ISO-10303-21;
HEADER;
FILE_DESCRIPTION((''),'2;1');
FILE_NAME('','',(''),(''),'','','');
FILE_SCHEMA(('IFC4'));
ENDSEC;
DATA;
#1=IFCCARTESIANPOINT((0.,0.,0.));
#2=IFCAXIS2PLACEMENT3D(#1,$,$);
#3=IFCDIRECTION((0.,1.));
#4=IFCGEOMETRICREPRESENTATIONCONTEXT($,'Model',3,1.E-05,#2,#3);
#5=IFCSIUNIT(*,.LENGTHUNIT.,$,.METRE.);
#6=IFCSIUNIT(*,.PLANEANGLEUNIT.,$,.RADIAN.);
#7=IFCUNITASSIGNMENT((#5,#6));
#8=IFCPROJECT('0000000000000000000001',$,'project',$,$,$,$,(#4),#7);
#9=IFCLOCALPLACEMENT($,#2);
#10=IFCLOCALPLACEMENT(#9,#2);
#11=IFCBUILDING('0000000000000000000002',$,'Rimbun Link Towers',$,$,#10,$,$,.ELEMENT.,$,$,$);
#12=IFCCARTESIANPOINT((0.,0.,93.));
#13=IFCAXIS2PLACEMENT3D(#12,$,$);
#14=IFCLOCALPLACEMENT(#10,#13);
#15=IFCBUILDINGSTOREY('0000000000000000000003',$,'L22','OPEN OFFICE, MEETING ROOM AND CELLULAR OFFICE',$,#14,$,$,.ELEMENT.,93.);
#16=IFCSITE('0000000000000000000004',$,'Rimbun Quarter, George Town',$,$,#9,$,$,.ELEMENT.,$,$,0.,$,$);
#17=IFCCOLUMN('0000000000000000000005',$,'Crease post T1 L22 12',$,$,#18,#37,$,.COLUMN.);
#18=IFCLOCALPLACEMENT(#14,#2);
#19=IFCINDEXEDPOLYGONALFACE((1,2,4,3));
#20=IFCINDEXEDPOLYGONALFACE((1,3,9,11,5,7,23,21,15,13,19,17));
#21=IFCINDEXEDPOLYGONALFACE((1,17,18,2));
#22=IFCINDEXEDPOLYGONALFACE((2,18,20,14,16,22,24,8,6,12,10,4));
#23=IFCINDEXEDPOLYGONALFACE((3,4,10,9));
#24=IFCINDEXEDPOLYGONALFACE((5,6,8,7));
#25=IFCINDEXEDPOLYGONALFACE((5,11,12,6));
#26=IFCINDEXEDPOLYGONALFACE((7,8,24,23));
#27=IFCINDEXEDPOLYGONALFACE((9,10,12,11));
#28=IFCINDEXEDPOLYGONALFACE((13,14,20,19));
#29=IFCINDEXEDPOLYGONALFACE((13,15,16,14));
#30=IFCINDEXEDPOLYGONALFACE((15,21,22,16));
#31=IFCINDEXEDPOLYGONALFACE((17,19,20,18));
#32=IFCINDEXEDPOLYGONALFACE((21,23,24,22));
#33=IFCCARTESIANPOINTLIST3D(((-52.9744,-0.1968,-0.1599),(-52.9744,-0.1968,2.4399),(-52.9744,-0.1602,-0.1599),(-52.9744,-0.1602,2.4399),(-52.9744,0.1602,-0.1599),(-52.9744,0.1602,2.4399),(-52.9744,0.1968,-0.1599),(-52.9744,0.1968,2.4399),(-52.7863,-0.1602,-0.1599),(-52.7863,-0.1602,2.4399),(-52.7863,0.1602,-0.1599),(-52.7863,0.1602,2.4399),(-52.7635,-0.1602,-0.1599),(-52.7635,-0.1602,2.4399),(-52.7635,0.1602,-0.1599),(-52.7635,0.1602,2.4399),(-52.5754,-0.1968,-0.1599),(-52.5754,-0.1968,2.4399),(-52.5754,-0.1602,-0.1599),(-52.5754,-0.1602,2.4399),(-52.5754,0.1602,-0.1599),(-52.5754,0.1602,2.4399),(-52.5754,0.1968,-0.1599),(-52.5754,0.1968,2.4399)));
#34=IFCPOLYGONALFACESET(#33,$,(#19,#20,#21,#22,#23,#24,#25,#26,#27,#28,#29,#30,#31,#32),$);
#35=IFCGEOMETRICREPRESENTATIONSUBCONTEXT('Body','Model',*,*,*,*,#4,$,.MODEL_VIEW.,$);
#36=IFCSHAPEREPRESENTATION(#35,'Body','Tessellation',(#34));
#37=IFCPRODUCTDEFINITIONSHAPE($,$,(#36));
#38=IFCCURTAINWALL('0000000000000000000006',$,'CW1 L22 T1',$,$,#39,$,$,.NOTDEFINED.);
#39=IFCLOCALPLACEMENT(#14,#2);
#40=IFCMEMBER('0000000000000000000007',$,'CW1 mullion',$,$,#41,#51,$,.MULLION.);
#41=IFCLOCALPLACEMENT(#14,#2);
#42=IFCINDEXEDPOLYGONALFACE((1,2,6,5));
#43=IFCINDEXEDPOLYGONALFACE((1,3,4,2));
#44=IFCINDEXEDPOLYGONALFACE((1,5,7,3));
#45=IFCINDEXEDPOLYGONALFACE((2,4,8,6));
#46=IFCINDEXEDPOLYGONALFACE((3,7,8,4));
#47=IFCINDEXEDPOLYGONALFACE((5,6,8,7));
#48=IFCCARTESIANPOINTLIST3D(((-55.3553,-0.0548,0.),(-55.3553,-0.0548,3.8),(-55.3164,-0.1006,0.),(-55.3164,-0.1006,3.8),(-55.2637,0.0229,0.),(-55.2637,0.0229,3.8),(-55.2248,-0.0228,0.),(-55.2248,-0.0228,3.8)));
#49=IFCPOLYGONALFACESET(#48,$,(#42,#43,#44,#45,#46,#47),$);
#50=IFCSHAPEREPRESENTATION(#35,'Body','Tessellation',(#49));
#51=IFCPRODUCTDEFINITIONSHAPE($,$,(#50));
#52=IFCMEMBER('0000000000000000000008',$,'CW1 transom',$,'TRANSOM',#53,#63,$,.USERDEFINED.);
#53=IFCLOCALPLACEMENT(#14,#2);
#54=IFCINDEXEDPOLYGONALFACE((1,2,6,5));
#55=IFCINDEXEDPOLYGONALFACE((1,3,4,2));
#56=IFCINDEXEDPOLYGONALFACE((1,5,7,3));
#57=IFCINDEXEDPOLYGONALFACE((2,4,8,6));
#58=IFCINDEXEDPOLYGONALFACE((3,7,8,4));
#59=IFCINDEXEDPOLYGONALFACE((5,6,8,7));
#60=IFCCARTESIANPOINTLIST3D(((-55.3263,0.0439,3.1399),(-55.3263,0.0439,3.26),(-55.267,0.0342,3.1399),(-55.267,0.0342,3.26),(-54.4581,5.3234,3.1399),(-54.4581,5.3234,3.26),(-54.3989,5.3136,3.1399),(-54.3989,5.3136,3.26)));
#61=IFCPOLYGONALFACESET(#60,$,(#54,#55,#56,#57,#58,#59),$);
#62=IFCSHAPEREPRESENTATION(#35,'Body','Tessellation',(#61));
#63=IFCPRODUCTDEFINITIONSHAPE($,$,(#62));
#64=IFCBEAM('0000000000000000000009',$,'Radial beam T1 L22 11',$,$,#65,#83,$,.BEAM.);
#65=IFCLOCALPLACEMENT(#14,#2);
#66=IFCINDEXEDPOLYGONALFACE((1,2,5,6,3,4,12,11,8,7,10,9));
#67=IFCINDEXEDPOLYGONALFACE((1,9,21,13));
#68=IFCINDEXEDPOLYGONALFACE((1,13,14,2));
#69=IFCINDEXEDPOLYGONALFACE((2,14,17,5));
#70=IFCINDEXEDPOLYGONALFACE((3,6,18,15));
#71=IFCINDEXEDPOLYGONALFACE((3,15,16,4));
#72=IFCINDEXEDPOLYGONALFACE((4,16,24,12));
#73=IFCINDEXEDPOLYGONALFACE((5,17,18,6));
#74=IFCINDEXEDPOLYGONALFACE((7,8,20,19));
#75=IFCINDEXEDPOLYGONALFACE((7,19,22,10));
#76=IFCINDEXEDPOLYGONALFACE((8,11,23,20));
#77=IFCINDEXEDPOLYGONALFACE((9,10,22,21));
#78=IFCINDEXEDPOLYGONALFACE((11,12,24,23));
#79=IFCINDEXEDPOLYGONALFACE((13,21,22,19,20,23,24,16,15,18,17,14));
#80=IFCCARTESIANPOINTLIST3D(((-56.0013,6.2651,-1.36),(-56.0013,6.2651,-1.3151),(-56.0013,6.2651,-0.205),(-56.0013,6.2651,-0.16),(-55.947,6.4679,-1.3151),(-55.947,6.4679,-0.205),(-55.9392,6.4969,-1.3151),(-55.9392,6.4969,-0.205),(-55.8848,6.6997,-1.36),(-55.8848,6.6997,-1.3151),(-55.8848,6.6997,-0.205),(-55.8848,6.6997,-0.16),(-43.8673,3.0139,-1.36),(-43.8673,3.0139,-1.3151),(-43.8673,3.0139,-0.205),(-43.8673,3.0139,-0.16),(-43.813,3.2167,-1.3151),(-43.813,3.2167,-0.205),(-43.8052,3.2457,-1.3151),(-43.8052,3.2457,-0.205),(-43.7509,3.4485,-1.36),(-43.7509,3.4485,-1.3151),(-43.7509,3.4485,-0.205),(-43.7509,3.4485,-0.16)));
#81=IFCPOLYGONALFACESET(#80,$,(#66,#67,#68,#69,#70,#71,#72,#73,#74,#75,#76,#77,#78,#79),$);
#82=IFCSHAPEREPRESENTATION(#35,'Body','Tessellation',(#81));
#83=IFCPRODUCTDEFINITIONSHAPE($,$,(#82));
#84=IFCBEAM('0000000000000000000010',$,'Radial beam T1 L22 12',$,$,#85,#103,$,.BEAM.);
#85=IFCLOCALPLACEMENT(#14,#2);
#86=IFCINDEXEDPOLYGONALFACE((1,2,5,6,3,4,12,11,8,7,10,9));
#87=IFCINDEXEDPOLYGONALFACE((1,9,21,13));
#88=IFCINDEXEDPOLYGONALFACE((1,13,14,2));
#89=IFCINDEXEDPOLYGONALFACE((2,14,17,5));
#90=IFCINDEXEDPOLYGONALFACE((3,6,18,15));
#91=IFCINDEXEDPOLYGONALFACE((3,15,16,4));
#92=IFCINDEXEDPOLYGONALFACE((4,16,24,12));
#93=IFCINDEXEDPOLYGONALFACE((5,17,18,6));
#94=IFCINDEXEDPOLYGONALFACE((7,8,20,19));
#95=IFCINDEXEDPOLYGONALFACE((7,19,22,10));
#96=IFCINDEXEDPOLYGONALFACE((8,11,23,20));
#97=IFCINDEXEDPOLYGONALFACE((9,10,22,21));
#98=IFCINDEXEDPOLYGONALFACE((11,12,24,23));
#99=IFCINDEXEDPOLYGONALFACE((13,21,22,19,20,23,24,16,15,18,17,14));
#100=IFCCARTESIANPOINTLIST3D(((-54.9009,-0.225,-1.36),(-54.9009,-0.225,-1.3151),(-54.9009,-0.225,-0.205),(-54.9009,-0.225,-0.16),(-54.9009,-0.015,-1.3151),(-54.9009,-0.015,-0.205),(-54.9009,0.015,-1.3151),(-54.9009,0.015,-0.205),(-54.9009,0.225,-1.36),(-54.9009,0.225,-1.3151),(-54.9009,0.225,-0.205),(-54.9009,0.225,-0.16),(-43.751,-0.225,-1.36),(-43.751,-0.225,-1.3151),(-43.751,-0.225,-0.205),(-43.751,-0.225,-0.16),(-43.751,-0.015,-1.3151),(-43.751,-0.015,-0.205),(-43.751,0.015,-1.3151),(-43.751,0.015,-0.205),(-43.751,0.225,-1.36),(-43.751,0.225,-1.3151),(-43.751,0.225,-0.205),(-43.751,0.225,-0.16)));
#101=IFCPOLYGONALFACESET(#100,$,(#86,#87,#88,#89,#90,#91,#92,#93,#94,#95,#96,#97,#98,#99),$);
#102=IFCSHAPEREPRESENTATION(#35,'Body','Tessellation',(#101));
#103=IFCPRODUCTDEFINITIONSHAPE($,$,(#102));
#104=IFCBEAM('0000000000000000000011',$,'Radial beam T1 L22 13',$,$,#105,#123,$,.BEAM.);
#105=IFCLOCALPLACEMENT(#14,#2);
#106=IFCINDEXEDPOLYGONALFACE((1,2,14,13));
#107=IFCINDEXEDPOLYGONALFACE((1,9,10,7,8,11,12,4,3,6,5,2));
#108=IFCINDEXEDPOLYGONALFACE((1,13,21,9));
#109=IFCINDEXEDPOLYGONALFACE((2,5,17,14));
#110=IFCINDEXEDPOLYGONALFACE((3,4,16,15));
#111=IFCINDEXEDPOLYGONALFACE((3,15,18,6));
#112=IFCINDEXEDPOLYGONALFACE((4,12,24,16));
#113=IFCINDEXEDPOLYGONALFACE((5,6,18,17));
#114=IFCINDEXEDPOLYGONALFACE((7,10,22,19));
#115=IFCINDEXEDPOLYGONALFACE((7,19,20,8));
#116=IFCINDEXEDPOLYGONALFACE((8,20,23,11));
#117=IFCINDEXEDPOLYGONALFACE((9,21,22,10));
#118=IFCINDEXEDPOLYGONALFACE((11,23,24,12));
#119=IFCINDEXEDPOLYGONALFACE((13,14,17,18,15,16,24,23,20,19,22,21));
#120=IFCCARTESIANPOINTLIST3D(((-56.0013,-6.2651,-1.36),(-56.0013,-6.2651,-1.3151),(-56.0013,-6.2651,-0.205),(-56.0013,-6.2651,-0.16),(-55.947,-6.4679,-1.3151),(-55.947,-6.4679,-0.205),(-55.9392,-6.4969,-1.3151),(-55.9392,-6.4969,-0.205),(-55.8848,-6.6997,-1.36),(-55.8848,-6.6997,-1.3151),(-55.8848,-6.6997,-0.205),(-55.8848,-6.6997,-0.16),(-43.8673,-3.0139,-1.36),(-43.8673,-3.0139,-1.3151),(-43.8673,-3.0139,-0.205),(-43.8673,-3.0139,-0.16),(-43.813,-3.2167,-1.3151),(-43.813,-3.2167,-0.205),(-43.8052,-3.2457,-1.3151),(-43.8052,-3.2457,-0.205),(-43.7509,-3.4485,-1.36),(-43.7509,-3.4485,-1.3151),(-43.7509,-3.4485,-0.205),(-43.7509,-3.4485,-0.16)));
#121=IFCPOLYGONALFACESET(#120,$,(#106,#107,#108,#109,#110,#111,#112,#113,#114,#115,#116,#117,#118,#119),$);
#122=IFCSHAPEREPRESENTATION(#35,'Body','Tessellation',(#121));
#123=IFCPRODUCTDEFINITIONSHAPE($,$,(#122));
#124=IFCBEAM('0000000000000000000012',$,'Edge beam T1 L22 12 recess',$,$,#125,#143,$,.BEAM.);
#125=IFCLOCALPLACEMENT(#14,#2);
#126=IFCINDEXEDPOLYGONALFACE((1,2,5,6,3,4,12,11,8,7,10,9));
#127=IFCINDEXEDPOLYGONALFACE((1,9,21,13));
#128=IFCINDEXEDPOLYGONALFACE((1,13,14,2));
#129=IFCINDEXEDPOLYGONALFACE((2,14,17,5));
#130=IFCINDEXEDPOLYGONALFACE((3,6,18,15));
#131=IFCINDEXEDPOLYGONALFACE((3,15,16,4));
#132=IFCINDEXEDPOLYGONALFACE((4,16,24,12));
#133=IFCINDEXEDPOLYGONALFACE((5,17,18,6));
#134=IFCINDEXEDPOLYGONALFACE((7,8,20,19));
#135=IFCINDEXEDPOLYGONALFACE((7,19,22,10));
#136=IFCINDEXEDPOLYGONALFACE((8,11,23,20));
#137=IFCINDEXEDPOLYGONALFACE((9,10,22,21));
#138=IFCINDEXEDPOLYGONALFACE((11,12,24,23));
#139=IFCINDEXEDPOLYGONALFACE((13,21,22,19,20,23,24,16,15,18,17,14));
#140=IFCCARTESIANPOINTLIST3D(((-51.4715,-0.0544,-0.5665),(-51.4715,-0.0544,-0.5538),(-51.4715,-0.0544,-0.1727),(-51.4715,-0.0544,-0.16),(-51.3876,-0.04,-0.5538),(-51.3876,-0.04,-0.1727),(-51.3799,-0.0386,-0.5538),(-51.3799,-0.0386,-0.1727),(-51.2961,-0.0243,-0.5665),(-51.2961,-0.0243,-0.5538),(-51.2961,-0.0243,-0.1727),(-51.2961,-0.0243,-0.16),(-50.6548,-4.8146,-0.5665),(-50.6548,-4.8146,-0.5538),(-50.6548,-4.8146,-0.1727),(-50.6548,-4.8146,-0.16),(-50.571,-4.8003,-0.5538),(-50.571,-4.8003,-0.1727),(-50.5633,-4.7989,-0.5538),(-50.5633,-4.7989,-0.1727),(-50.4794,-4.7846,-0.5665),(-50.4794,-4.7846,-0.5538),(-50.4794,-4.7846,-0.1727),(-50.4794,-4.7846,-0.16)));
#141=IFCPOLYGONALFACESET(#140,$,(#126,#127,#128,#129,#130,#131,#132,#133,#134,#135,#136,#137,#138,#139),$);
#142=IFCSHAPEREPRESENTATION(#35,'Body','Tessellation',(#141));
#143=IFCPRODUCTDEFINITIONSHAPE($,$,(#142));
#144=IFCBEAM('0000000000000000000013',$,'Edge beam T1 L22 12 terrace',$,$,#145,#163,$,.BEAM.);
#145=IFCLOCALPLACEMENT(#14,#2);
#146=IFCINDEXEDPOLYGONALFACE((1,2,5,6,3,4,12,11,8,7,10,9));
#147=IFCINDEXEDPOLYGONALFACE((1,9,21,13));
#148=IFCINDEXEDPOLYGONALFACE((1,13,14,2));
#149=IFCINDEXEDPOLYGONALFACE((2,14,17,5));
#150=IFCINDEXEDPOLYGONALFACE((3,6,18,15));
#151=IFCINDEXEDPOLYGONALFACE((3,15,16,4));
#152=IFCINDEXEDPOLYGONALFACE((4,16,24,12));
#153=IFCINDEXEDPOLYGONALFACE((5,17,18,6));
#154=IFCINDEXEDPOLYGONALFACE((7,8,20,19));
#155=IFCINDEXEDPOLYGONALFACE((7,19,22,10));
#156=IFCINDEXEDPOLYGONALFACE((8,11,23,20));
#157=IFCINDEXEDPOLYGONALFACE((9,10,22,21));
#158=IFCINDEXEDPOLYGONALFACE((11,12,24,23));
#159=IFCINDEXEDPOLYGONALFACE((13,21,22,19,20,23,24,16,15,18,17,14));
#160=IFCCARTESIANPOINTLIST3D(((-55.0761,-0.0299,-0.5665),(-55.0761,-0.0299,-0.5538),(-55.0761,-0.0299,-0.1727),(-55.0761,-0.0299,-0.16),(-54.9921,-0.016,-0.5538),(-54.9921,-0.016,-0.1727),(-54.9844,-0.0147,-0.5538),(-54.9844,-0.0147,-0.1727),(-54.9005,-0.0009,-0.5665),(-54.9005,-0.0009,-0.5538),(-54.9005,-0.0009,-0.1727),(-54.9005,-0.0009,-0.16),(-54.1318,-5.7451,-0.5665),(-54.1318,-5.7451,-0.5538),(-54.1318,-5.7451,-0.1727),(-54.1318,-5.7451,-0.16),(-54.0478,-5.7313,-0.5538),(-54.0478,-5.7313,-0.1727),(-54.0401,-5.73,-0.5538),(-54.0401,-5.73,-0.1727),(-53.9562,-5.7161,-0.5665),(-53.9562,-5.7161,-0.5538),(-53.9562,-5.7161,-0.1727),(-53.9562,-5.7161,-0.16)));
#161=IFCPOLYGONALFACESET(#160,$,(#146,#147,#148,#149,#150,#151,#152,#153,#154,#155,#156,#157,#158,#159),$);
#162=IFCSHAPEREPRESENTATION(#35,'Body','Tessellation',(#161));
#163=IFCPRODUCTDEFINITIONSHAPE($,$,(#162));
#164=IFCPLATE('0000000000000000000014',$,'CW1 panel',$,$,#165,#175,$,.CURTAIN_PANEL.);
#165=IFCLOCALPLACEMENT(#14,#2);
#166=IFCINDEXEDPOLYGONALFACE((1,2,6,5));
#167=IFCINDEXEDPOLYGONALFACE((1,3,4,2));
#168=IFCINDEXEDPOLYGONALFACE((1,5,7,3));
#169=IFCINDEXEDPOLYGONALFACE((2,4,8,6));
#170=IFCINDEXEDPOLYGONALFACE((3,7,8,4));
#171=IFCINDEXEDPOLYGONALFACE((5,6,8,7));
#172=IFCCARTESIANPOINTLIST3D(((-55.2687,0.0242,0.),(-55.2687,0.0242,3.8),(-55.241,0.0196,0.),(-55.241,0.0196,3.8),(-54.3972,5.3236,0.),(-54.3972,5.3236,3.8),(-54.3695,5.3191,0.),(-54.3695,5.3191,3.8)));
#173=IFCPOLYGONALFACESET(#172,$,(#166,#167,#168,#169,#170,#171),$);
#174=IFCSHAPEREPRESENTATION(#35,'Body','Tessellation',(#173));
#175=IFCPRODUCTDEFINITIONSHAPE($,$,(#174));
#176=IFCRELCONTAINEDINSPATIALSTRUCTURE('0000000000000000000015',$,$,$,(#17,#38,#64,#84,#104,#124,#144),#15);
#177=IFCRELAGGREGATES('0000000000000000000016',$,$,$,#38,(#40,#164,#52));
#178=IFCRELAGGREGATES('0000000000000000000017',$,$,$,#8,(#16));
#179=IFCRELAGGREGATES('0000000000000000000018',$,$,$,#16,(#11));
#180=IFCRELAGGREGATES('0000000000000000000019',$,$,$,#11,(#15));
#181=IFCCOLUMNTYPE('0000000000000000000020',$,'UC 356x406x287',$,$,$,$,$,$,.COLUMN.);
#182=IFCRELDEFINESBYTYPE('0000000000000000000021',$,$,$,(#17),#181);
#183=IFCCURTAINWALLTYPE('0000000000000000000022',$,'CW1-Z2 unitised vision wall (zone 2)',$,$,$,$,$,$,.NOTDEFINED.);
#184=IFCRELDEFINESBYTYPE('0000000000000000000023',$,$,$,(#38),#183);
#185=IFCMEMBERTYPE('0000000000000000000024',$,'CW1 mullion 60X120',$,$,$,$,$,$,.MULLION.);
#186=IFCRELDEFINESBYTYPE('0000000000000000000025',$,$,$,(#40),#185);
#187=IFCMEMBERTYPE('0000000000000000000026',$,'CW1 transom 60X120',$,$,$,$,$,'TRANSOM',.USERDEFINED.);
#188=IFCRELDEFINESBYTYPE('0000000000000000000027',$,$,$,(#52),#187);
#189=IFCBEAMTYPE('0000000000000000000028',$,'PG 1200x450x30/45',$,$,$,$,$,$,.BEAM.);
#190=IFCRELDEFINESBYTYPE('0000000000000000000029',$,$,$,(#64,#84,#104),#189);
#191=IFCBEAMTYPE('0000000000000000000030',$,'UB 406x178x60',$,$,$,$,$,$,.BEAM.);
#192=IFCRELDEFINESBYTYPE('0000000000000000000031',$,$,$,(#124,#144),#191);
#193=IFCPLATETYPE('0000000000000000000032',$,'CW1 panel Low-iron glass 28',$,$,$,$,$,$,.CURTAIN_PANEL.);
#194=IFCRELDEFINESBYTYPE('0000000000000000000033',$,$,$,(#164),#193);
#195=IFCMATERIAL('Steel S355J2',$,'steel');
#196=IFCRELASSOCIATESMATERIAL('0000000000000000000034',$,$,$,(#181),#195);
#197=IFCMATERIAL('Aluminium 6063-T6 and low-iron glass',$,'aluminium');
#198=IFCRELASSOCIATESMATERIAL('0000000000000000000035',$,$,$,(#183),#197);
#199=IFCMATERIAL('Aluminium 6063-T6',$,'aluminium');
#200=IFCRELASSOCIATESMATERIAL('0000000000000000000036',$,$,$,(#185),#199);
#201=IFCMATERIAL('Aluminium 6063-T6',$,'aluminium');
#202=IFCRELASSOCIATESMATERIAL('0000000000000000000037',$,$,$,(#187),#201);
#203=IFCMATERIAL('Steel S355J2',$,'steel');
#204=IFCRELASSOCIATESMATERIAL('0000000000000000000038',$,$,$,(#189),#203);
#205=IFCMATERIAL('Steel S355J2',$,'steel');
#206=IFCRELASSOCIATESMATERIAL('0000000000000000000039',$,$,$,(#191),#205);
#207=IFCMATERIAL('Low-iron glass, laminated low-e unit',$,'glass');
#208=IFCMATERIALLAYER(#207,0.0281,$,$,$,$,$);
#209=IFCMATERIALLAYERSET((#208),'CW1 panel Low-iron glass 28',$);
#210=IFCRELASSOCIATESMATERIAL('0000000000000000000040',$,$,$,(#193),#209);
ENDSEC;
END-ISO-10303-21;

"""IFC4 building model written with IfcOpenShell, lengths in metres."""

from ifc_helpers import new_model, si_unit, direction, frame, origin, origin_2d, place, context, subcontext, project, spatial, rectangle, i_section, extrude, material, layer, layer_set, material_profile, profile_set, type_object, element, aggregate, save


model = new_model("IFC4")

# Units and contexts
model_context = context("Model", 3, precision=1e-05, world=origin(), true_north=direction((0.0, 1.0)))
body_context = subcontext(model_context, "Body", "Model", "MODEL_VIEW")
ifc_project = project(units=[si_unit("LENGTHUNIT", "METRE"), si_unit("PLANEANGLEUNIT", "RADIAN")], contexts=[model_context])

# Site, building, storey
site_placement = place(None, origin())
site = spatial("IfcSite", under=ifc_project, at=site_placement, Name="Rimbun Quarter, George Town", CompositionType="ELEMENT", RefElevation=0.0)
building_placement = place(site_placement, origin())
building = spatial("IfcBuilding", under=site, at=building_placement, Name="Rimbun Link Towers", CompositionType="ELEMENT")
storey_placement = place(building_placement, frame((0.0, 0.0, 93.0)))
storey = spatial("IfcBuildingStorey", under=building, at=storey_placement, Name="L22", Description="OPEN OFFICE, MEETING ROOM AND CELLULAR OFFICE", CompositionType="ELEMENT", Elevation=93.0)

# Column
ifc_material_1 = material(Name="Steel S355J2", Category="steel")
ifc_material_profile_1 = material_profile(ifc_material_1, i_section(OverallWidth=0.3989, OverallDepth=0.3936, WebThickness=0.0227, FlangeThickness=0.0366, at=origin_2d()), Name="UC 356x406x287")
ifc_profile_set_1 = profile_set([ifc_material_profile_1], Name="Steel S355J2")
column_type = type_object("IfcColumnType", Name="UC 356x406x287", PredefinedType="COLUMN", material=ifc_profile_set_1)
column_placement = place(storey_placement, frame((-52.7749, 0.0, -0.1599), z_axis=(0.0, 0.0, 1.0), x_axis=(1.0, 0.0, 0.0)))
element("IfcColumn", 1, at=column_placement, inside=storey, type_object=column_type, Name="Crease post T1 L22 12", PredefinedType="COLUMN", context=body_context, shape_type="SweptSolid", body=[
    extrude(i_section(OverallWidth=0.3989, OverallDepth=0.3936, WebThickness=0.0227, FlangeThickness=0.0366, at=origin_2d()), origin(), (0.0, 0.0, 1.0), 2.5999),
])

# Curtain wall, members
ifc_material_2 = material(Name="Aluminium 6063-T6 and low-iron glass", Category="aluminium")
curtain_wall_type = type_object("IfcCurtainWallType", Name="CW1-Z2 unitised vision wall (zone 2)", PredefinedType="NOTDEFINED", material=ifc_material_2)
curtain_wall_placement = place(storey_placement, origin())
curtain_wall = element("IfcCurtainWall", 2, at=curtain_wall_placement, inside=storey, type_object=curtain_wall_type, Name="CW1 L22 T1", PredefinedType="NOTDEFINED")
ifc_material_3 = material(Name="Aluminium 6063-T6", Category="aluminium")
ifc_material_profile_2 = material_profile(ifc_material_3, rectangle(XDim=0.1201, YDim=0.0601, at=origin_2d()), Name="MULLION 60X120")
ifc_profile_set_2 = profile_set([ifc_material_profile_2], Name="Aluminium 6063-T6")
member_type_1 = type_object("IfcMemberType", Name="CW1 mullion 60X120", PredefinedType="MULLION", material=ifc_profile_set_2)
member_1_placement = place(storey_placement, frame((-55.29, -0.0388, 0.0), z_axis=(0.0, 0.0, 1.0), x_axis=(-0.762319, -0.647202, 0.0)))
member_1 = element("IfcMember", 3, at=member_1_placement, type_object=member_type_1, Name="CW1 mullion", PredefinedType="MULLION", context=body_context, shape_type="SweptSolid", body=[
    extrude(rectangle(XDim=0.1201, YDim=0.0601, at=origin_2d()), origin(), (0.0, 0.0, 1.0), 3.8),
])
ifc_material_4 = material(Name="Aluminium 6063-T6", Category="aluminium")
ifc_material_profile_3 = material_profile(ifc_material_4, rectangle(XDim=0.0601, YDim=0.1201, at=origin_2d()), Name="TRANSOM 60X120")
ifc_profile_set_3 = profile_set([ifc_material_profile_3], Name="Aluminium 6063-T6")
member_type_2 = type_object("IfcMemberType", Name="CW1 transom 60X120", ElementType="TRANSOM", PredefinedType="USERDEFINED", material=ifc_profile_set_3)
member_2_placement = place(storey_placement, frame((-55.2966, 0.0391, 3.2), z_axis=(0.16226, 0.986748, 0.0), x_axis=(-0.986748, 0.16226, 0.0)))
member_2 = element("IfcMember", 4, at=member_2_placement, type_object=member_type_2, Name="CW1 transom", ObjectType="TRANSOM", PredefinedType="USERDEFINED", context=body_context, shape_type="SweptSolid", body=[
    extrude(rectangle(XDim=0.0601, YDim=0.1201, at=origin_2d()), origin(), (0.0, 0.0, 1.0), 5.3503),
])

# Beams
ifc_material_5 = material(Name="Steel S355J2", Category="steel")
ifc_material_profile_4 = material_profile(ifc_material_5, i_section(OverallWidth=0.45, OverallDepth=1.2, WebThickness=0.03, FlangeThickness=0.0449, at=origin_2d()), Name="PG 1200x450x30/45")
ifc_profile_set_4 = profile_set([ifc_material_profile_4], Name="Steel S355J2")
beam_type_1 = type_object("IfcBeamType", Name="PG 1200x450x30/45", PredefinedType="BEAM", material=ifc_profile_set_4)
beam_1_placement = place(storey_placement, frame((-43.8091, 3.2312, -0.76), z_axis=(-0.965927, 0.258813, 0.0), x_axis=(-0.258813, -0.965927, 0.0)))
element("IfcBeam", 5, at=beam_1_placement, inside=storey, type_object=beam_type_1, Name="Radial beam T1 L22 11", PredefinedType="BEAM", context=body_context, shape_type="SweptSolid", body=[
    extrude(i_section(OverallWidth=0.45, OverallDepth=1.2, WebThickness=0.03, FlangeThickness=0.0449, at=origin_2d()), origin(), (0.0, 0.0, 1.0), 12.562),
])
beam_2_placement = place(storey_placement, frame((-43.751, 0.0, -0.76), z_axis=(-1.0, 0.0, 0.0), x_axis=(0.0, -1.0, 0.0)))
element("IfcBeam", 6, at=beam_2_placement, inside=storey, type_object=beam_type_1, Name="Radial beam T1 L22 12", PredefinedType="BEAM", context=body_context, shape_type="SweptSolid", body=[
    extrude(i_section(OverallWidth=0.45, OverallDepth=1.2, WebThickness=0.03, FlangeThickness=0.0449, at=origin_2d()), origin(), (0.0, 0.0, 1.0), 11.1499),
])
beam_3_placement = place(storey_placement, frame((-43.8091, -3.2312, -0.76), z_axis=(-0.965927, -0.258813, 0.0), x_axis=(0.258813, -0.965927, 0.0)))
element("IfcBeam", 7, at=beam_3_placement, inside=storey, type_object=beam_type_1, Name="Radial beam T1 L22 13", PredefinedType="BEAM", context=body_context, shape_type="SweptSolid", body=[
    extrude(i_section(OverallWidth=0.45, OverallDepth=1.2, WebThickness=0.03, FlangeThickness=0.0449, at=origin_2d()), origin(), (0.0, 0.0, 1.0), 12.562),
])
ifc_material_6 = material(Name="Steel S355J2", Category="steel")
ifc_material_profile_5 = material_profile(ifc_material_6, i_section(OverallWidth=0.178, OverallDepth=0.4065, WebThickness=0.0078, FlangeThickness=0.0127, at=origin_2d()), Name="UB 406x178x60")
ifc_profile_set_5 = profile_set([ifc_material_profile_5], Name="Steel S355J2")
beam_type_2 = type_object("IfcBeamType", Name="UB 406x178x60", PredefinedType="BEAM", material=ifc_profile_set_5)
beam_4_placement = place(storey_placement, frame((-51.3838, -0.0393, -0.3633), z_axis=(0.169086, -0.985601, 0.0), x_axis=(0.985601, 0.169086, 0.0)))
element("IfcBeam", 8, at=beam_4_placement, inside=storey, type_object=beam_type_2, Name="Edge beam T1 L22 12 recess", PredefinedType="BEAM", context=body_context, shape_type="SweptSolid", body=[
    extrude(i_section(OverallWidth=0.178, OverallDepth=0.4065, WebThickness=0.0078, FlangeThickness=0.0127, at=origin_2d()), origin(), (0.0, 0.0, 1.0), 4.8298),
])
beam_5_placement = place(storey_placement, frame((-54.9883, -0.0154, -0.3633), z_axis=(0.163018, -0.986623, 0.0), x_axis=(0.986623, 0.163018, 0.0)))
element("IfcBeam", 9, at=beam_5_placement, inside=storey, type_object=beam_type_2, Name="Edge beam T1 L22 12 terrace", PredefinedType="BEAM", context=body_context, shape_type="SweptSolid", body=[
    extrude(i_section(OverallWidth=0.178, OverallDepth=0.4065, WebThickness=0.0078, FlangeThickness=0.0127, at=origin_2d()), origin(), (0.0, 0.0, 1.0), 5.7927),
])

# Plate
ifc_material_7 = material(Name="Low-iron glass, laminated low-e unit", Category="glass")
ifc_layer_1 = layer(ifc_material_7, 0.0281)
ifc_layer_set_1 = layer_set([ifc_layer_1], Name="CW1 panel Low-iron glass 28")
plate_type = type_object("IfcPlateType", Name="CW1 panel Low-iron glass 28", PredefinedType="CURTAIN_PANEL", material=ifc_layer_set_1)
plate_placement = place(storey_placement, frame((-54.8191, 2.6716, 0.0), z_axis=(0.0, 0.0, 1.0), x_axis=(0.16226, 0.986748, 0.0)))
plate = element("IfcPlate", 10, at=plate_placement, type_object=plate_type, Name="CW1 panel", PredefinedType="CURTAIN_PANEL", context=body_context, shape_type="SweptSolid", body=[
    extrude(rectangle(XDim=5.3706, YDim=0.0281, at=origin_2d()), origin(), (0.0, 0.0, 1.0), 3.8),
])
aggregate(curtain_wall, [member_1, plate, member_2])

save(model, "model.ifc")
